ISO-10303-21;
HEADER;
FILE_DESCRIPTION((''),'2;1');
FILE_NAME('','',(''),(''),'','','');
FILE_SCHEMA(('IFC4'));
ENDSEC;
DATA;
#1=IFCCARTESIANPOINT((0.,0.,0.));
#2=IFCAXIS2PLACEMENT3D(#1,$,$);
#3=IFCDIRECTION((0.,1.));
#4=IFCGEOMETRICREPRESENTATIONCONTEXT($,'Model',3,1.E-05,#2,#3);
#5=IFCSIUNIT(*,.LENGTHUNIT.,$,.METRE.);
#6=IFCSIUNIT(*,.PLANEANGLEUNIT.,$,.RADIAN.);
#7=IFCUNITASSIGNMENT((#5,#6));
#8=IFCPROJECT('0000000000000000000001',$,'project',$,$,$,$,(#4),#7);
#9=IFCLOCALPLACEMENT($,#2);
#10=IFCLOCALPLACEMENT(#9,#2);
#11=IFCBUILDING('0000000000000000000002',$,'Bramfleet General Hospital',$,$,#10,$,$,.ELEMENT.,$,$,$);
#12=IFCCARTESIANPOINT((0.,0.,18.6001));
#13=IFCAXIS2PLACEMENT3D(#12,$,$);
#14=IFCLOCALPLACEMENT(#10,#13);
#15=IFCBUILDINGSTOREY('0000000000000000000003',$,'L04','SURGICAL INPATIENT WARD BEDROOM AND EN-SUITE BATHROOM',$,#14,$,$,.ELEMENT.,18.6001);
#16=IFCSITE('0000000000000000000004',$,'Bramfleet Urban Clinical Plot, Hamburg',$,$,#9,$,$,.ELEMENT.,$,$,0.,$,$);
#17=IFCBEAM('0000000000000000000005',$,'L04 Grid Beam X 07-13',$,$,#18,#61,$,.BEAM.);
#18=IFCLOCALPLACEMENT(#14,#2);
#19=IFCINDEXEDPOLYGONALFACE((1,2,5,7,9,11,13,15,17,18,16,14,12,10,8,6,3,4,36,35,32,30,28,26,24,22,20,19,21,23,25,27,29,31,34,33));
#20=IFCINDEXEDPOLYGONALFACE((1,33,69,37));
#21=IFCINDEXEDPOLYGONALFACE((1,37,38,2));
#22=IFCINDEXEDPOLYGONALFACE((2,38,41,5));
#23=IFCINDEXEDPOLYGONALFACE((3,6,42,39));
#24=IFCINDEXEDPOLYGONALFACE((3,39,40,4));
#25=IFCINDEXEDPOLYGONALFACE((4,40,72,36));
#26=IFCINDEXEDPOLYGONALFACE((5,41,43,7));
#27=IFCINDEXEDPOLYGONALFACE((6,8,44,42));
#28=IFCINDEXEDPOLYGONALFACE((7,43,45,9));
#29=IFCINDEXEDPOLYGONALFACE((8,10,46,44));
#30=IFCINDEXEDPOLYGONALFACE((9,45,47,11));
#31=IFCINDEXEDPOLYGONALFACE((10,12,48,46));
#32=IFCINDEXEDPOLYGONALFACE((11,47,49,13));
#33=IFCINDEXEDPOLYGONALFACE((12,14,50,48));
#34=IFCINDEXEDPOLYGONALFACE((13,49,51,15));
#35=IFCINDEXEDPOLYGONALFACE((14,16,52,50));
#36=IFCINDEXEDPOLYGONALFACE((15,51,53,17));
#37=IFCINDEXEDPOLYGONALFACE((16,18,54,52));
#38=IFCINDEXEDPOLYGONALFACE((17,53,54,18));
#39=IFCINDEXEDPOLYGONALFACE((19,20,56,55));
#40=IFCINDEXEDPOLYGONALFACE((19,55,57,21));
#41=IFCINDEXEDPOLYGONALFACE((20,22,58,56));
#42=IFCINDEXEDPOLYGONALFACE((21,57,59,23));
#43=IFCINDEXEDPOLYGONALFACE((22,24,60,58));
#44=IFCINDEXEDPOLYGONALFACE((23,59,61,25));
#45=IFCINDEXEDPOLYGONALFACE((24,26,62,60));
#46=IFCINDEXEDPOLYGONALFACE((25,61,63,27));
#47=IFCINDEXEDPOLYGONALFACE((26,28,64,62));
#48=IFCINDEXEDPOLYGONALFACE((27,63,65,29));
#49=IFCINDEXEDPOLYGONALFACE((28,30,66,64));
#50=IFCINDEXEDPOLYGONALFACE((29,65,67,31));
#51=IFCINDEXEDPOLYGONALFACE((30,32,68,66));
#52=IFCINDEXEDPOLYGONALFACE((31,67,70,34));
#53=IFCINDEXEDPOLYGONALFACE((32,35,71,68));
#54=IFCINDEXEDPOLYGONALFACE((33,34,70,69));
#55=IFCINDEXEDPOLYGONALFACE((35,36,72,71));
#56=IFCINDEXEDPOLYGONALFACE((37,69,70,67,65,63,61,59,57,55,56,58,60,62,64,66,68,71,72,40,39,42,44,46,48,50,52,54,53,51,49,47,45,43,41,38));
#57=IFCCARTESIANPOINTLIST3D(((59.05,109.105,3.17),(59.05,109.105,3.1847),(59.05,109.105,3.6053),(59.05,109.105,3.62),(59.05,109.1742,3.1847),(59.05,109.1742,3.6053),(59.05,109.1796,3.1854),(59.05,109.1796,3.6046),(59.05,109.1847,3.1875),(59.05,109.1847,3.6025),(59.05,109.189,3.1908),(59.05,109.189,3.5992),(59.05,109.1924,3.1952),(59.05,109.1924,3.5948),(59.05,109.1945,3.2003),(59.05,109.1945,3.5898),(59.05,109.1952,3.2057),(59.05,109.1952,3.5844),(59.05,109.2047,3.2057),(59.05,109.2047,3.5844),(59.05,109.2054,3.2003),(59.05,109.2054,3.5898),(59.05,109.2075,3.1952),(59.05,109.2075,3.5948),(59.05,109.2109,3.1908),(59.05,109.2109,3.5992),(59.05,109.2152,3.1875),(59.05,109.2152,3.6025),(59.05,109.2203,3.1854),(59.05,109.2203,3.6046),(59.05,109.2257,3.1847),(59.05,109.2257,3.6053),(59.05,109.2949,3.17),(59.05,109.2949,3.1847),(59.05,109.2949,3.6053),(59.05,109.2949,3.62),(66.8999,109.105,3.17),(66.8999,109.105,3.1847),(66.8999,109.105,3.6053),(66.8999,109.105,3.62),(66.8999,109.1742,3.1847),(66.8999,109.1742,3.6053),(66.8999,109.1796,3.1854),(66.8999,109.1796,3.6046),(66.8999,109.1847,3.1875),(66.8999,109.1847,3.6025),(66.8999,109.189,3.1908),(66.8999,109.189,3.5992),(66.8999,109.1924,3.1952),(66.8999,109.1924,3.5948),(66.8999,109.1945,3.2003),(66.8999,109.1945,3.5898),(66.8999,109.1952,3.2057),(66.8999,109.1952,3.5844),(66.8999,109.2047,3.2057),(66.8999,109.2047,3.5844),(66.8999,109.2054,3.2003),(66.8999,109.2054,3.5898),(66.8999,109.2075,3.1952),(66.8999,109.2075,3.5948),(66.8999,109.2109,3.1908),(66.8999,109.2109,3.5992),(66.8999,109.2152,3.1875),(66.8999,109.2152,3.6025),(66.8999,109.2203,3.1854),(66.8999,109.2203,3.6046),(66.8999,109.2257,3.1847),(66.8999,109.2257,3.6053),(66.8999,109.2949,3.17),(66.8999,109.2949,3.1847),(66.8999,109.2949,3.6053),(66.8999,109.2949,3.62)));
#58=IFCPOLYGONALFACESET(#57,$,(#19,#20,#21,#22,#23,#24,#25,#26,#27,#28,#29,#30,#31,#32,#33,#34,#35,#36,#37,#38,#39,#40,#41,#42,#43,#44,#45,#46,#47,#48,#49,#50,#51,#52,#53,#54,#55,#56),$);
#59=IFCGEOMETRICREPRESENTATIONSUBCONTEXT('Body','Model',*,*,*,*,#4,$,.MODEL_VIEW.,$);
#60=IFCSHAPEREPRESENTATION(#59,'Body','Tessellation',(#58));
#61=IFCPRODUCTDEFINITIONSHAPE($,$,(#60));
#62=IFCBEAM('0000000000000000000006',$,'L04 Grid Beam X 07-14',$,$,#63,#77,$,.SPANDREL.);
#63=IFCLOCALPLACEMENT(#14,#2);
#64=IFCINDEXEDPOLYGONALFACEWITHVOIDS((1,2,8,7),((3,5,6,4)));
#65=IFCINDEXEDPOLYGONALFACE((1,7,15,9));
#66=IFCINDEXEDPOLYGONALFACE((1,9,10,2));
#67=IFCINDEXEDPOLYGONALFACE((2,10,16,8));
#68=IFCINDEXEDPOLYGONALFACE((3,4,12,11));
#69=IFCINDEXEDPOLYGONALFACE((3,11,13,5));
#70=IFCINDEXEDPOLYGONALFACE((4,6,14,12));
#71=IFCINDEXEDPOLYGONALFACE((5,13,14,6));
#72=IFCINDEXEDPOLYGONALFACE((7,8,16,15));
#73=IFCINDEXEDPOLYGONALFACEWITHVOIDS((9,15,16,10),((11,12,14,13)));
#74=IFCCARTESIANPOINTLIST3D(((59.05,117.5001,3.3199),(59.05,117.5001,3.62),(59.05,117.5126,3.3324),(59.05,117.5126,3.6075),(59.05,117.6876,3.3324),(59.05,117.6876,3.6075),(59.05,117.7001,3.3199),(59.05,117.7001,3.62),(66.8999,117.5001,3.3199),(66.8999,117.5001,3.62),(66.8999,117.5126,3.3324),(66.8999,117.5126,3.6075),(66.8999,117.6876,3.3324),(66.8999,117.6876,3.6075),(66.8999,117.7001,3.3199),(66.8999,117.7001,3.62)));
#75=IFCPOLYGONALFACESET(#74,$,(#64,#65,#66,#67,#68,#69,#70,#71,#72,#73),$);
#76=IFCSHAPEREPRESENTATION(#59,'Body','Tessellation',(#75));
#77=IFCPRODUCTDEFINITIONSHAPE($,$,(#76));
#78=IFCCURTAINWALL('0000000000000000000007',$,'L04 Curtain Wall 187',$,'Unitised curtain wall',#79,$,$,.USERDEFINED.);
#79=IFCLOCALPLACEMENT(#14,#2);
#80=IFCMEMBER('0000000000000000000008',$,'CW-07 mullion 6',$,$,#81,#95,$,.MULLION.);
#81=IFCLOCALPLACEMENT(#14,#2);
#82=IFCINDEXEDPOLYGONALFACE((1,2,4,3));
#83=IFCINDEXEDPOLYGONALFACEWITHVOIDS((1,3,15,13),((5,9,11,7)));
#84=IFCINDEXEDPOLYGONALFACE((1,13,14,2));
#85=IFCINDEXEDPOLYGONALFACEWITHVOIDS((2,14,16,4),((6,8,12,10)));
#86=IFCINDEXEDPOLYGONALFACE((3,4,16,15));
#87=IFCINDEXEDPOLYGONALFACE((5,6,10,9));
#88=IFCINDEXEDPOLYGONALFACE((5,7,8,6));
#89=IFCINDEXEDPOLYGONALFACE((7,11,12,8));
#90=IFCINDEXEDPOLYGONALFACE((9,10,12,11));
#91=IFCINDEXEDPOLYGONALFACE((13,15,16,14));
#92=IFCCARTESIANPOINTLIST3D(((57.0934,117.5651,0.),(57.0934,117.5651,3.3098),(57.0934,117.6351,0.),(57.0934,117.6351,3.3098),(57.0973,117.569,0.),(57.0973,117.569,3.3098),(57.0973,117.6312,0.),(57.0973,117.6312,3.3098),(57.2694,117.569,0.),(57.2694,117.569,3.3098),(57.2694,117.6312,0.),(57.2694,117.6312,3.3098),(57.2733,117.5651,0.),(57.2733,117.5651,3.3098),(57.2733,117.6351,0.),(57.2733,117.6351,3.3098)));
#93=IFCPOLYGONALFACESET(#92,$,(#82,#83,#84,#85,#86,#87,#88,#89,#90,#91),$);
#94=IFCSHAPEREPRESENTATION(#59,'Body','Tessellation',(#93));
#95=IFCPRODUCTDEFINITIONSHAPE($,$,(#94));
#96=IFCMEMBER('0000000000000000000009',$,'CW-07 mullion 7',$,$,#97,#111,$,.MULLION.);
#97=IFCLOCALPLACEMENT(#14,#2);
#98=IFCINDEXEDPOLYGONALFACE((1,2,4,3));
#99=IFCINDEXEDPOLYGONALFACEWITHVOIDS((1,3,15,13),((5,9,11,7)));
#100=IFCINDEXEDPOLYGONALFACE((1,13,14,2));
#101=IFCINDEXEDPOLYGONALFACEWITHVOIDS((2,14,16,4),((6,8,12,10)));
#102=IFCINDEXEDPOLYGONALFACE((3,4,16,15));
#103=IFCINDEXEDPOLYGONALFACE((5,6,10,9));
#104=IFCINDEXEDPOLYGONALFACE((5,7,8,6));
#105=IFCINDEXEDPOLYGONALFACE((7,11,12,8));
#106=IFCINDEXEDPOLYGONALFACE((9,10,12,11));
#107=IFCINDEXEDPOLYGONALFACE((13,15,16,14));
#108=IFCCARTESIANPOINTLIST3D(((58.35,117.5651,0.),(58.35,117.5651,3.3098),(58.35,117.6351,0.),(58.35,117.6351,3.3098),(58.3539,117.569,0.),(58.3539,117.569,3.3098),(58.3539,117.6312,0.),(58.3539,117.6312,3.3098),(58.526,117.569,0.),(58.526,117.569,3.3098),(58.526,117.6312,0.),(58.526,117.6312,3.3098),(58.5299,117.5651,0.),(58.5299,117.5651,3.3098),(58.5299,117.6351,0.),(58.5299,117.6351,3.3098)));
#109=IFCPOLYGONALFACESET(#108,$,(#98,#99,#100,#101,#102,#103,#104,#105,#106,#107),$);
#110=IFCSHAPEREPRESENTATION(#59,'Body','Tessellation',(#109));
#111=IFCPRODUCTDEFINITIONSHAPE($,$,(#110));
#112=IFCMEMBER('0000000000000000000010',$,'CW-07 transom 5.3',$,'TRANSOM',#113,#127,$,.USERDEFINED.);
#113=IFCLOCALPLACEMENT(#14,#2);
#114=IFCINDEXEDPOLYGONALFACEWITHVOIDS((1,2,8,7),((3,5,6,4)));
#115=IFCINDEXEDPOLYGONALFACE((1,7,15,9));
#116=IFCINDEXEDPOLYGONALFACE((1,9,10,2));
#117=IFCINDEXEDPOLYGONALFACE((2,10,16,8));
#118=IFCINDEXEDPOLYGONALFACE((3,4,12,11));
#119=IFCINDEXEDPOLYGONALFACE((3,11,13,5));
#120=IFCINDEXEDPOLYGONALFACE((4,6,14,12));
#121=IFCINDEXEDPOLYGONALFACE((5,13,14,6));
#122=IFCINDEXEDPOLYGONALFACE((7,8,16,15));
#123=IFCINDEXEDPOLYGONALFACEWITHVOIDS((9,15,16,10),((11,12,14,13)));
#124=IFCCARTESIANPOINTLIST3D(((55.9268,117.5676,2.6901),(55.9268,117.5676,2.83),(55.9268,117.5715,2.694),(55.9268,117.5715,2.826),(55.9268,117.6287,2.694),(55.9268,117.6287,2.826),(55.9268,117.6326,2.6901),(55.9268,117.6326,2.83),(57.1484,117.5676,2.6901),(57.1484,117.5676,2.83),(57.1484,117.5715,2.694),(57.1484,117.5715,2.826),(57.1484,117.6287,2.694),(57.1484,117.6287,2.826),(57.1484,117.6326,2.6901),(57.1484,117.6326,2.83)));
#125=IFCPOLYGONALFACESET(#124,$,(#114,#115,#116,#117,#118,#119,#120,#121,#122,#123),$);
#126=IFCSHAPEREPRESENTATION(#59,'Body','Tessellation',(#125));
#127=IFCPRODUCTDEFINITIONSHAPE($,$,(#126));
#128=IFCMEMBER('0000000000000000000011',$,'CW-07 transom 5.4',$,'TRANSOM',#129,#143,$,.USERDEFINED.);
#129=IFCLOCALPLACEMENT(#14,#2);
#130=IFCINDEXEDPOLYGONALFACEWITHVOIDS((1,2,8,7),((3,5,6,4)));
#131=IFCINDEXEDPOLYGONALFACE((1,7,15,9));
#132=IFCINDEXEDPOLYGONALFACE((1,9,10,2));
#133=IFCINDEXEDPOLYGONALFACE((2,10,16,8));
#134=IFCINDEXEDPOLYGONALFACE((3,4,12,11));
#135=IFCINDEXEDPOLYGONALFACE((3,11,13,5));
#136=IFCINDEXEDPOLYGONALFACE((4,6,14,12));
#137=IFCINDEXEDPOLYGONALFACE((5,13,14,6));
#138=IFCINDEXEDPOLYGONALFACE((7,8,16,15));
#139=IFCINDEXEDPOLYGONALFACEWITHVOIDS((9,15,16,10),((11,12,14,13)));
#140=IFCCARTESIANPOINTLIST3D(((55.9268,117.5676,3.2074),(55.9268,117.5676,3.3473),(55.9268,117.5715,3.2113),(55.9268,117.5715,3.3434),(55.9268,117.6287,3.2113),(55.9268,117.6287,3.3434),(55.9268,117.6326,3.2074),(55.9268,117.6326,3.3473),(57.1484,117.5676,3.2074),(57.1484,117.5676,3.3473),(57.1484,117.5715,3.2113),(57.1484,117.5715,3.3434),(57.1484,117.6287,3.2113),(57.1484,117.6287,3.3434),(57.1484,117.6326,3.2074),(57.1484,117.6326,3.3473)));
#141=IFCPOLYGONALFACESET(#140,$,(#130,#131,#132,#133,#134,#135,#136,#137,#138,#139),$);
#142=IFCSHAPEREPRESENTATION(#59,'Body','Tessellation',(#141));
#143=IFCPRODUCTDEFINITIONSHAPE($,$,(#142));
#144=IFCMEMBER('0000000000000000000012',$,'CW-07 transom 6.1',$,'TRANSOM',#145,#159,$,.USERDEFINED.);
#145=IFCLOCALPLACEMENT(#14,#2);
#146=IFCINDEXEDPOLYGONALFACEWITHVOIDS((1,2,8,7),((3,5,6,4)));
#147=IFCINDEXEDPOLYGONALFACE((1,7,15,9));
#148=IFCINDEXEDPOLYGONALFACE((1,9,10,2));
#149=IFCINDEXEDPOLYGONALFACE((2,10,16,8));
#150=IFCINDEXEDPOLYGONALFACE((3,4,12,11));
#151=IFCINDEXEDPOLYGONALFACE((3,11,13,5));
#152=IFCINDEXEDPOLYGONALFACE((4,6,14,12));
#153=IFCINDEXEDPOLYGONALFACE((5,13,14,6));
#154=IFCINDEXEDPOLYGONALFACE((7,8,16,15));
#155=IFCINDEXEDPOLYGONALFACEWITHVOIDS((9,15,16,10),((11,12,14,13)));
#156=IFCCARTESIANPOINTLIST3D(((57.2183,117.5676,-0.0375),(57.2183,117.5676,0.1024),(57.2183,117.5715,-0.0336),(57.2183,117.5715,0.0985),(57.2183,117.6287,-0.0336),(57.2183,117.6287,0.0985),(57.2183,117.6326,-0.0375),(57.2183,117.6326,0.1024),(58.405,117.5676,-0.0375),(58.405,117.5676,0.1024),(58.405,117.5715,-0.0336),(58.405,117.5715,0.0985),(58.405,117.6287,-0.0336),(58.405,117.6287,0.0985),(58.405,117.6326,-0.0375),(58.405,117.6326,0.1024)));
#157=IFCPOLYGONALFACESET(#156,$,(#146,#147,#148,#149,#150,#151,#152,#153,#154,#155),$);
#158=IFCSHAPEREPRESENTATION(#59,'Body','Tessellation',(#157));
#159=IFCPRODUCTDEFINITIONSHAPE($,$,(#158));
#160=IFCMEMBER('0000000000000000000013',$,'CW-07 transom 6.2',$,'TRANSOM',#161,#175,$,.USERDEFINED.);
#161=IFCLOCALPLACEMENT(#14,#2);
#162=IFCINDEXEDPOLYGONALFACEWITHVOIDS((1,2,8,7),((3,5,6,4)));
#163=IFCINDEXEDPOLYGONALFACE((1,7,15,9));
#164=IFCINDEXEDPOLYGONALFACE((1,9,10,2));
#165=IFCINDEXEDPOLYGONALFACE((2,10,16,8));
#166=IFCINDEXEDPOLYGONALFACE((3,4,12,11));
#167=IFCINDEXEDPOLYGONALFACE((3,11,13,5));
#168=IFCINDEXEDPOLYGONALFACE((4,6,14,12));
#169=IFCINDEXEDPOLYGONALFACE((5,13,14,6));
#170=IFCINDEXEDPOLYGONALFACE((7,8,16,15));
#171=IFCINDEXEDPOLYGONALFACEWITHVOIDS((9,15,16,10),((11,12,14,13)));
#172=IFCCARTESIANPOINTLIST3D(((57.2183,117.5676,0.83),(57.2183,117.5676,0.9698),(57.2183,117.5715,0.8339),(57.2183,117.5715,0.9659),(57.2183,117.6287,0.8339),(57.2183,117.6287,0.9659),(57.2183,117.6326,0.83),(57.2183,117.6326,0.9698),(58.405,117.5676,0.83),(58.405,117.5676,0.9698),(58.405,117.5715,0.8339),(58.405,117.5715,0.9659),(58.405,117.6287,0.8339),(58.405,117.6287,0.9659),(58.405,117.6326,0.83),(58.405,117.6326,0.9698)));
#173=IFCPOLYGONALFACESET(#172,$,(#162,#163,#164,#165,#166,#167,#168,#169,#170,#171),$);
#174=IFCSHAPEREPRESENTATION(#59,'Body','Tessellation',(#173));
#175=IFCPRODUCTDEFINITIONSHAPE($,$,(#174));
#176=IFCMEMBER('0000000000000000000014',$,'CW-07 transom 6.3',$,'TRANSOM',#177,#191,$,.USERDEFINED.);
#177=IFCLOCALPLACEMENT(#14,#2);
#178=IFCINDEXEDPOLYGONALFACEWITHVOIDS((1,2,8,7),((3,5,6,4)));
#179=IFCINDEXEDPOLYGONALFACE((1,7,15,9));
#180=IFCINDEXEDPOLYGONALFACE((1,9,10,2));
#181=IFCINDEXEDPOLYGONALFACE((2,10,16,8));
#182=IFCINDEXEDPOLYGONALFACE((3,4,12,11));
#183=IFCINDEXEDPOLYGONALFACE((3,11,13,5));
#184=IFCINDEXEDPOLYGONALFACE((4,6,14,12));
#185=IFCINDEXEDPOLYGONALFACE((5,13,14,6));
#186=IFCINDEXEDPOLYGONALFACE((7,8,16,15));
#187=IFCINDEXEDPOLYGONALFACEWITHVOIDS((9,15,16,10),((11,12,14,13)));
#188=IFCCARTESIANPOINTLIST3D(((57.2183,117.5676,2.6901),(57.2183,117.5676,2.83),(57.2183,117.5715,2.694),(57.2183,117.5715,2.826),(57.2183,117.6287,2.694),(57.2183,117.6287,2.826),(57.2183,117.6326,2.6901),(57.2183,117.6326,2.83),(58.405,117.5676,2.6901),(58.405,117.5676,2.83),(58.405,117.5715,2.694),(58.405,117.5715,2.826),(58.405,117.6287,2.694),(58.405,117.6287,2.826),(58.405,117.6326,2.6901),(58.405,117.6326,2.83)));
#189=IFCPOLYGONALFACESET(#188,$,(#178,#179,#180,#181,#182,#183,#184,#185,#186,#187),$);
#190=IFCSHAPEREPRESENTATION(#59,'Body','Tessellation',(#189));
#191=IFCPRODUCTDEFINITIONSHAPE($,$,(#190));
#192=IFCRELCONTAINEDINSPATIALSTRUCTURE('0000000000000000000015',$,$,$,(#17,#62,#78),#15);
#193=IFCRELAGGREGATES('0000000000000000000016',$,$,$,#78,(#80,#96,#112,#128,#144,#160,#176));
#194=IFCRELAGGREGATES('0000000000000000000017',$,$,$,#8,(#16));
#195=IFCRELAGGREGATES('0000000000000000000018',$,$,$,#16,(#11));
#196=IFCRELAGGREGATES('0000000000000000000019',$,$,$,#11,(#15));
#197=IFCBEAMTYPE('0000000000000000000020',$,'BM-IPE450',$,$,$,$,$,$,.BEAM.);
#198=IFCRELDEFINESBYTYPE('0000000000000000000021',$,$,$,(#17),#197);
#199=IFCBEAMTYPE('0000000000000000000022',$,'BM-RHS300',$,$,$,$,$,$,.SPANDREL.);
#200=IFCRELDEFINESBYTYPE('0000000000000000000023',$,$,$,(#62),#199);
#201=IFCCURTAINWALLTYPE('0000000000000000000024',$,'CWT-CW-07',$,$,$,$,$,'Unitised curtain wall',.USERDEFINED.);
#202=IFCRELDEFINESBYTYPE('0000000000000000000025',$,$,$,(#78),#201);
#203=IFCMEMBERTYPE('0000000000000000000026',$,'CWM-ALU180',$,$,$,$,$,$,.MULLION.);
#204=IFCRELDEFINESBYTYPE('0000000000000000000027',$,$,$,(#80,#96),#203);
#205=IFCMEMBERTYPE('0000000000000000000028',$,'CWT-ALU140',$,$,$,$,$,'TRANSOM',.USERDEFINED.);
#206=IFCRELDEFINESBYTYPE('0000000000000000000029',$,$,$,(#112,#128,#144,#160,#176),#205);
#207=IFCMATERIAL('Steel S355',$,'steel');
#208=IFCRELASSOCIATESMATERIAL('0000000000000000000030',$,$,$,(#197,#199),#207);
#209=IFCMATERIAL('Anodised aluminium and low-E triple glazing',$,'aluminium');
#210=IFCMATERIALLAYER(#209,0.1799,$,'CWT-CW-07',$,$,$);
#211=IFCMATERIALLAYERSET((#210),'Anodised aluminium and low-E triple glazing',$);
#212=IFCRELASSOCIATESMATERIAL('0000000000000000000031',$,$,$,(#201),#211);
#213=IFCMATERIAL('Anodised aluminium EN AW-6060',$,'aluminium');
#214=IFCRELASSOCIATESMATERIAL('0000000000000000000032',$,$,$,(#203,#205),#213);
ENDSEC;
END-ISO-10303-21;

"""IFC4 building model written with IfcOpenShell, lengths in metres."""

from ifc_helpers import new_model, si_unit, direction, frame, origin, origin_2d, place, context, subcontext, project, spatial, hollow_rectangle, i_section, extrude, material, layer, layer_set, material_profile, profile_set, type_object, element, aggregate, save


model = new_model("IFC4")

# Units and contexts
model_context = context("Model", 3, precision=1e-05, world=origin(), true_north=direction((0.0, 1.0)))
body_context = subcontext(model_context, "Body", "Model", "MODEL_VIEW")
ifc_project = project(units=[si_unit("LENGTHUNIT", "METRE"), si_unit("PLANEANGLEUNIT", "RADIAN")], contexts=[model_context])

# Site, building, storey
site_placement = place(None, origin())
site = spatial("IfcSite", under=ifc_project, at=site_placement, Name="Bramfleet Urban Clinical Plot, Hamburg", CompositionType="ELEMENT", RefElevation=0.0)
building_placement = place(site_placement, origin())
building = spatial("IfcBuilding", under=site, at=building_placement, Name="Bramfleet General Hospital", CompositionType="ELEMENT")
storey_placement = place(building_placement, frame((0.0, 0.0, 18.6001)))
storey = spatial("IfcBuildingStorey", under=building, at=storey_placement, Name="L04", Description="SURGICAL INPATIENT WARD BEDROOM AND EN-SUITE BATHROOM", CompositionType="ELEMENT", Elevation=18.6001)

# Beams
ifc_material_1 = material(Name="Steel S355", Category="steel")
ifc_material_profile_1 = material_profile(ifc_material_1, i_section(OverallWidth=0.1899, OverallDepth=0.45, WebThickness=0.0095, FlangeThickness=0.0146, FilletRadius=0.021, at=origin_2d()), Name="IPE 450")
ifc_profile_set_1 = profile_set([ifc_material_profile_1], Name="Steel S355")
beam_type_1 = type_object("IfcBeamType", Name="BM-IPE450", PredefinedType="BEAM", material=ifc_profile_set_1)
beam_1_placement = place(storey_placement, frame((59.05, 109.2, 3.395), z_axis=(1.0, 0.0, 0.0), x_axis=(0.0, 1.0, 0.0)))
element("IfcBeam", 1, at=beam_1_placement, inside=storey, type_object=beam_type_1, Name="L04 Grid Beam X 07-13", PredefinedType="BEAM", context=body_context, shape_type="SweptSolid", body=[
    extrude(i_section(OverallWidth=0.1899, OverallDepth=0.45, WebThickness=0.0095, FlangeThickness=0.0146, FilletRadius=0.021, at=origin_2d()), origin(), (0.0, 0.0, 1.0), 7.8499),
])
ifc_material_profile_2 = material_profile(ifc_material_1, hollow_rectangle(XDim=0.2, YDim=0.3, WallThickness=0.0125, at=origin_2d()), Name="RHS 300x200x12.5")
ifc_profile_set_2 = profile_set([ifc_material_profile_2], Name="Steel S355")
beam_type_2 = type_object("IfcBeamType", Name="BM-RHS300", PredefinedType="SPANDREL", material=ifc_profile_set_2)
beam_2_placement = place(storey_placement, frame((59.05, 117.6001, 3.47), z_axis=(1.0, 0.0, 0.0), x_axis=(0.0, 1.0, 0.0)))
element("IfcBeam", 2, at=beam_2_placement, inside=storey, type_object=beam_type_2, Name="L04 Grid Beam X 07-14", PredefinedType="SPANDREL", context=body_context, shape_type="SweptSolid", body=[
    extrude(hollow_rectangle(XDim=0.2, YDim=0.3, WallThickness=0.0125, at=origin_2d()), origin(), (0.0, 0.0, 1.0), 7.8499),
])

# Curtain wall, members
ifc_material_2 = material(Name="Anodised aluminium and low-E triple glazing", Category="aluminium")
ifc_layer_1 = layer(ifc_material_2, 0.1799, Name="CWT-CW-07")
ifc_layer_set_1 = layer_set([ifc_layer_1], Name="Anodised aluminium and low-E triple glazing")
curtain_wall_type = type_object("IfcCurtainWallType", Name="CWT-CW-07", ElementType="Unitised curtain wall", PredefinedType="USERDEFINED", material=ifc_layer_set_1)
curtain_wall_placement = place(storey_placement, origin())
curtain_wall = element("IfcCurtainWall", 3, at=curtain_wall_placement, inside=storey, type_object=curtain_wall_type, Name="L04 Curtain Wall 187", ObjectType="Unitised curtain wall", PredefinedType="USERDEFINED")
ifc_material_3 = material(Name="Anodised aluminium EN AW-6060", Category="aluminium")
ifc_material_profile_3 = material_profile(ifc_material_3, hollow_rectangle(XDim=0.0701, YDim=0.1799, WallThickness=0.0039, at=origin_2d()), Name="ALU 180x70x4.0")
ifc_profile_set_3 = profile_set([ifc_material_profile_3], Name="Anodised aluminium EN AW-6060")
member_type_1 = type_object("IfcMemberType", Name="CWM-ALU180", PredefinedType="MULLION", material=ifc_profile_set_3)
member_1_placement = place(storey_placement, frame((57.1833, 117.6001, 0.0), z_axis=(0.0, 0.0, 1.0), x_axis=(0.0, 1.0, 0.0)))
member_1 = element("IfcMember", 4, at=member_1_placement, type_object=member_type_1, Name="CW-07 mullion 6", PredefinedType="MULLION", context=body_context, shape_type="SweptSolid", body=[
    extrude(hollow_rectangle(XDim=0.0701, YDim=0.1799, WallThickness=0.0039, at=origin_2d()), origin(), (0.0, 0.0, 1.0), 3.3098),
])
member_2_placement = place(storey_placement, frame((58.4399, 117.6001, 0.0), z_axis=(0.0, 0.0, 1.0), x_axis=(0.0, 1.0, 0.0)))
member_2 = element("IfcMember", 5, at=member_2_placement, type_object=member_type_1, Name="CW-07 mullion 7", PredefinedType="MULLION", context=body_context, shape_type="SweptSolid", body=[
    extrude(hollow_rectangle(XDim=0.0701, YDim=0.1799, WallThickness=0.0039, at=origin_2d()), origin(), (0.0, 0.0, 1.0), 3.3098),
])
ifc_material_profile_4 = material_profile(ifc_material_3, hollow_rectangle(XDim=0.0649, YDim=0.1399, WallThickness=0.0039, at=origin_2d()), Name="ALU 140x65x4.0")
ifc_profile_set_4 = profile_set([ifc_material_profile_4], Name="Anodised aluminium EN AW-6060")
member_type_2 = type_object("IfcMemberType", Name="CWT-ALU140", ElementType="TRANSOM", PredefinedType="USERDEFINED", material=ifc_profile_set_4)
member_3_placement = place(storey_placement, frame((55.9268, 117.6001, 2.76), z_axis=(1.0, 0.0, 0.0), x_axis=(0.0, 1.0, 0.0)))
member_3 = element("IfcMember", 6, at=member_3_placement, type_object=member_type_2, Name="CW-07 transom 5.3", ObjectType="TRANSOM", PredefinedType="USERDEFINED", context=body_context, shape_type="SweptSolid", body=[
    extrude(hollow_rectangle(XDim=0.0649, YDim=0.1399, WallThickness=0.0039, at=origin_2d()), origin(), (0.0, 0.0, 1.0), 1.2217),
])
member_4_placement = place(storey_placement, frame((55.9268, 117.6001, 3.2773), z_axis=(1.0, 0.0, 0.0), x_axis=(0.0, 1.0, 0.0)))
member_4 = element("IfcMember", 7, at=member_4_placement, type_object=member_type_2, Name="CW-07 transom 5.4", ObjectType="TRANSOM", PredefinedType="USERDEFINED", context=body_context, shape_type="SweptSolid", body=[
    extrude(hollow_rectangle(XDim=0.0649, YDim=0.1399, WallThickness=0.0039, at=origin_2d()), origin(), (0.0, 0.0, 1.0), 1.2217),
])
member_5_placement = place(storey_placement, frame((57.2183, 117.6001, 0.0325), z_axis=(1.0, 0.0, 0.0), x_axis=(0.0, 1.0, 0.0)))
member_5 = element("IfcMember", 8, at=member_5_placement, type_object=member_type_2, Name="CW-07 transom 6.1", ObjectType="TRANSOM", PredefinedType="USERDEFINED", context=body_context, shape_type="SweptSolid", body=[
    extrude(hollow_rectangle(XDim=0.0649, YDim=0.1399, WallThickness=0.0039, at=origin_2d()), origin(), (0.0, 0.0, 1.0), 1.1868),
])
member_6_placement = place(storey_placement, frame((57.2183, 117.6001, 0.8999), z_axis=(1.0, 0.0, 0.0), x_axis=(0.0, 1.0, 0.0)))
member_6 = element("IfcMember", 9, at=member_6_placement, type_object=member_type_2, Name="CW-07 transom 6.2", ObjectType="TRANSOM", PredefinedType="USERDEFINED", context=body_context, shape_type="SweptSolid", body=[
    extrude(hollow_rectangle(XDim=0.0649, YDim=0.1399, WallThickness=0.0039, at=origin_2d()), origin(), (0.0, 0.0, 1.0), 1.1868),
])
member_7_placement = place(storey_placement, frame((57.2183, 117.6001, 2.76), z_axis=(1.0, 0.0, 0.0), x_axis=(0.0, 1.0, 0.0)))
member_7 = element("IfcMember", 10, at=member_7_placement, type_object=member_type_2, Name="CW-07 transom 6.3", ObjectType="TRANSOM", PredefinedType="USERDEFINED", context=body_context, shape_type="SweptSolid", body=[
    extrude(hollow_rectangle(XDim=0.0649, YDim=0.1399, WallThickness=0.0039, at=origin_2d()), origin(), (0.0, 0.0, 1.0), 1.1868),
])
aggregate(curtain_wall, [member_1, member_2, member_3, member_4, member_5, member_6, member_7])

save(model, "model.ifc")
